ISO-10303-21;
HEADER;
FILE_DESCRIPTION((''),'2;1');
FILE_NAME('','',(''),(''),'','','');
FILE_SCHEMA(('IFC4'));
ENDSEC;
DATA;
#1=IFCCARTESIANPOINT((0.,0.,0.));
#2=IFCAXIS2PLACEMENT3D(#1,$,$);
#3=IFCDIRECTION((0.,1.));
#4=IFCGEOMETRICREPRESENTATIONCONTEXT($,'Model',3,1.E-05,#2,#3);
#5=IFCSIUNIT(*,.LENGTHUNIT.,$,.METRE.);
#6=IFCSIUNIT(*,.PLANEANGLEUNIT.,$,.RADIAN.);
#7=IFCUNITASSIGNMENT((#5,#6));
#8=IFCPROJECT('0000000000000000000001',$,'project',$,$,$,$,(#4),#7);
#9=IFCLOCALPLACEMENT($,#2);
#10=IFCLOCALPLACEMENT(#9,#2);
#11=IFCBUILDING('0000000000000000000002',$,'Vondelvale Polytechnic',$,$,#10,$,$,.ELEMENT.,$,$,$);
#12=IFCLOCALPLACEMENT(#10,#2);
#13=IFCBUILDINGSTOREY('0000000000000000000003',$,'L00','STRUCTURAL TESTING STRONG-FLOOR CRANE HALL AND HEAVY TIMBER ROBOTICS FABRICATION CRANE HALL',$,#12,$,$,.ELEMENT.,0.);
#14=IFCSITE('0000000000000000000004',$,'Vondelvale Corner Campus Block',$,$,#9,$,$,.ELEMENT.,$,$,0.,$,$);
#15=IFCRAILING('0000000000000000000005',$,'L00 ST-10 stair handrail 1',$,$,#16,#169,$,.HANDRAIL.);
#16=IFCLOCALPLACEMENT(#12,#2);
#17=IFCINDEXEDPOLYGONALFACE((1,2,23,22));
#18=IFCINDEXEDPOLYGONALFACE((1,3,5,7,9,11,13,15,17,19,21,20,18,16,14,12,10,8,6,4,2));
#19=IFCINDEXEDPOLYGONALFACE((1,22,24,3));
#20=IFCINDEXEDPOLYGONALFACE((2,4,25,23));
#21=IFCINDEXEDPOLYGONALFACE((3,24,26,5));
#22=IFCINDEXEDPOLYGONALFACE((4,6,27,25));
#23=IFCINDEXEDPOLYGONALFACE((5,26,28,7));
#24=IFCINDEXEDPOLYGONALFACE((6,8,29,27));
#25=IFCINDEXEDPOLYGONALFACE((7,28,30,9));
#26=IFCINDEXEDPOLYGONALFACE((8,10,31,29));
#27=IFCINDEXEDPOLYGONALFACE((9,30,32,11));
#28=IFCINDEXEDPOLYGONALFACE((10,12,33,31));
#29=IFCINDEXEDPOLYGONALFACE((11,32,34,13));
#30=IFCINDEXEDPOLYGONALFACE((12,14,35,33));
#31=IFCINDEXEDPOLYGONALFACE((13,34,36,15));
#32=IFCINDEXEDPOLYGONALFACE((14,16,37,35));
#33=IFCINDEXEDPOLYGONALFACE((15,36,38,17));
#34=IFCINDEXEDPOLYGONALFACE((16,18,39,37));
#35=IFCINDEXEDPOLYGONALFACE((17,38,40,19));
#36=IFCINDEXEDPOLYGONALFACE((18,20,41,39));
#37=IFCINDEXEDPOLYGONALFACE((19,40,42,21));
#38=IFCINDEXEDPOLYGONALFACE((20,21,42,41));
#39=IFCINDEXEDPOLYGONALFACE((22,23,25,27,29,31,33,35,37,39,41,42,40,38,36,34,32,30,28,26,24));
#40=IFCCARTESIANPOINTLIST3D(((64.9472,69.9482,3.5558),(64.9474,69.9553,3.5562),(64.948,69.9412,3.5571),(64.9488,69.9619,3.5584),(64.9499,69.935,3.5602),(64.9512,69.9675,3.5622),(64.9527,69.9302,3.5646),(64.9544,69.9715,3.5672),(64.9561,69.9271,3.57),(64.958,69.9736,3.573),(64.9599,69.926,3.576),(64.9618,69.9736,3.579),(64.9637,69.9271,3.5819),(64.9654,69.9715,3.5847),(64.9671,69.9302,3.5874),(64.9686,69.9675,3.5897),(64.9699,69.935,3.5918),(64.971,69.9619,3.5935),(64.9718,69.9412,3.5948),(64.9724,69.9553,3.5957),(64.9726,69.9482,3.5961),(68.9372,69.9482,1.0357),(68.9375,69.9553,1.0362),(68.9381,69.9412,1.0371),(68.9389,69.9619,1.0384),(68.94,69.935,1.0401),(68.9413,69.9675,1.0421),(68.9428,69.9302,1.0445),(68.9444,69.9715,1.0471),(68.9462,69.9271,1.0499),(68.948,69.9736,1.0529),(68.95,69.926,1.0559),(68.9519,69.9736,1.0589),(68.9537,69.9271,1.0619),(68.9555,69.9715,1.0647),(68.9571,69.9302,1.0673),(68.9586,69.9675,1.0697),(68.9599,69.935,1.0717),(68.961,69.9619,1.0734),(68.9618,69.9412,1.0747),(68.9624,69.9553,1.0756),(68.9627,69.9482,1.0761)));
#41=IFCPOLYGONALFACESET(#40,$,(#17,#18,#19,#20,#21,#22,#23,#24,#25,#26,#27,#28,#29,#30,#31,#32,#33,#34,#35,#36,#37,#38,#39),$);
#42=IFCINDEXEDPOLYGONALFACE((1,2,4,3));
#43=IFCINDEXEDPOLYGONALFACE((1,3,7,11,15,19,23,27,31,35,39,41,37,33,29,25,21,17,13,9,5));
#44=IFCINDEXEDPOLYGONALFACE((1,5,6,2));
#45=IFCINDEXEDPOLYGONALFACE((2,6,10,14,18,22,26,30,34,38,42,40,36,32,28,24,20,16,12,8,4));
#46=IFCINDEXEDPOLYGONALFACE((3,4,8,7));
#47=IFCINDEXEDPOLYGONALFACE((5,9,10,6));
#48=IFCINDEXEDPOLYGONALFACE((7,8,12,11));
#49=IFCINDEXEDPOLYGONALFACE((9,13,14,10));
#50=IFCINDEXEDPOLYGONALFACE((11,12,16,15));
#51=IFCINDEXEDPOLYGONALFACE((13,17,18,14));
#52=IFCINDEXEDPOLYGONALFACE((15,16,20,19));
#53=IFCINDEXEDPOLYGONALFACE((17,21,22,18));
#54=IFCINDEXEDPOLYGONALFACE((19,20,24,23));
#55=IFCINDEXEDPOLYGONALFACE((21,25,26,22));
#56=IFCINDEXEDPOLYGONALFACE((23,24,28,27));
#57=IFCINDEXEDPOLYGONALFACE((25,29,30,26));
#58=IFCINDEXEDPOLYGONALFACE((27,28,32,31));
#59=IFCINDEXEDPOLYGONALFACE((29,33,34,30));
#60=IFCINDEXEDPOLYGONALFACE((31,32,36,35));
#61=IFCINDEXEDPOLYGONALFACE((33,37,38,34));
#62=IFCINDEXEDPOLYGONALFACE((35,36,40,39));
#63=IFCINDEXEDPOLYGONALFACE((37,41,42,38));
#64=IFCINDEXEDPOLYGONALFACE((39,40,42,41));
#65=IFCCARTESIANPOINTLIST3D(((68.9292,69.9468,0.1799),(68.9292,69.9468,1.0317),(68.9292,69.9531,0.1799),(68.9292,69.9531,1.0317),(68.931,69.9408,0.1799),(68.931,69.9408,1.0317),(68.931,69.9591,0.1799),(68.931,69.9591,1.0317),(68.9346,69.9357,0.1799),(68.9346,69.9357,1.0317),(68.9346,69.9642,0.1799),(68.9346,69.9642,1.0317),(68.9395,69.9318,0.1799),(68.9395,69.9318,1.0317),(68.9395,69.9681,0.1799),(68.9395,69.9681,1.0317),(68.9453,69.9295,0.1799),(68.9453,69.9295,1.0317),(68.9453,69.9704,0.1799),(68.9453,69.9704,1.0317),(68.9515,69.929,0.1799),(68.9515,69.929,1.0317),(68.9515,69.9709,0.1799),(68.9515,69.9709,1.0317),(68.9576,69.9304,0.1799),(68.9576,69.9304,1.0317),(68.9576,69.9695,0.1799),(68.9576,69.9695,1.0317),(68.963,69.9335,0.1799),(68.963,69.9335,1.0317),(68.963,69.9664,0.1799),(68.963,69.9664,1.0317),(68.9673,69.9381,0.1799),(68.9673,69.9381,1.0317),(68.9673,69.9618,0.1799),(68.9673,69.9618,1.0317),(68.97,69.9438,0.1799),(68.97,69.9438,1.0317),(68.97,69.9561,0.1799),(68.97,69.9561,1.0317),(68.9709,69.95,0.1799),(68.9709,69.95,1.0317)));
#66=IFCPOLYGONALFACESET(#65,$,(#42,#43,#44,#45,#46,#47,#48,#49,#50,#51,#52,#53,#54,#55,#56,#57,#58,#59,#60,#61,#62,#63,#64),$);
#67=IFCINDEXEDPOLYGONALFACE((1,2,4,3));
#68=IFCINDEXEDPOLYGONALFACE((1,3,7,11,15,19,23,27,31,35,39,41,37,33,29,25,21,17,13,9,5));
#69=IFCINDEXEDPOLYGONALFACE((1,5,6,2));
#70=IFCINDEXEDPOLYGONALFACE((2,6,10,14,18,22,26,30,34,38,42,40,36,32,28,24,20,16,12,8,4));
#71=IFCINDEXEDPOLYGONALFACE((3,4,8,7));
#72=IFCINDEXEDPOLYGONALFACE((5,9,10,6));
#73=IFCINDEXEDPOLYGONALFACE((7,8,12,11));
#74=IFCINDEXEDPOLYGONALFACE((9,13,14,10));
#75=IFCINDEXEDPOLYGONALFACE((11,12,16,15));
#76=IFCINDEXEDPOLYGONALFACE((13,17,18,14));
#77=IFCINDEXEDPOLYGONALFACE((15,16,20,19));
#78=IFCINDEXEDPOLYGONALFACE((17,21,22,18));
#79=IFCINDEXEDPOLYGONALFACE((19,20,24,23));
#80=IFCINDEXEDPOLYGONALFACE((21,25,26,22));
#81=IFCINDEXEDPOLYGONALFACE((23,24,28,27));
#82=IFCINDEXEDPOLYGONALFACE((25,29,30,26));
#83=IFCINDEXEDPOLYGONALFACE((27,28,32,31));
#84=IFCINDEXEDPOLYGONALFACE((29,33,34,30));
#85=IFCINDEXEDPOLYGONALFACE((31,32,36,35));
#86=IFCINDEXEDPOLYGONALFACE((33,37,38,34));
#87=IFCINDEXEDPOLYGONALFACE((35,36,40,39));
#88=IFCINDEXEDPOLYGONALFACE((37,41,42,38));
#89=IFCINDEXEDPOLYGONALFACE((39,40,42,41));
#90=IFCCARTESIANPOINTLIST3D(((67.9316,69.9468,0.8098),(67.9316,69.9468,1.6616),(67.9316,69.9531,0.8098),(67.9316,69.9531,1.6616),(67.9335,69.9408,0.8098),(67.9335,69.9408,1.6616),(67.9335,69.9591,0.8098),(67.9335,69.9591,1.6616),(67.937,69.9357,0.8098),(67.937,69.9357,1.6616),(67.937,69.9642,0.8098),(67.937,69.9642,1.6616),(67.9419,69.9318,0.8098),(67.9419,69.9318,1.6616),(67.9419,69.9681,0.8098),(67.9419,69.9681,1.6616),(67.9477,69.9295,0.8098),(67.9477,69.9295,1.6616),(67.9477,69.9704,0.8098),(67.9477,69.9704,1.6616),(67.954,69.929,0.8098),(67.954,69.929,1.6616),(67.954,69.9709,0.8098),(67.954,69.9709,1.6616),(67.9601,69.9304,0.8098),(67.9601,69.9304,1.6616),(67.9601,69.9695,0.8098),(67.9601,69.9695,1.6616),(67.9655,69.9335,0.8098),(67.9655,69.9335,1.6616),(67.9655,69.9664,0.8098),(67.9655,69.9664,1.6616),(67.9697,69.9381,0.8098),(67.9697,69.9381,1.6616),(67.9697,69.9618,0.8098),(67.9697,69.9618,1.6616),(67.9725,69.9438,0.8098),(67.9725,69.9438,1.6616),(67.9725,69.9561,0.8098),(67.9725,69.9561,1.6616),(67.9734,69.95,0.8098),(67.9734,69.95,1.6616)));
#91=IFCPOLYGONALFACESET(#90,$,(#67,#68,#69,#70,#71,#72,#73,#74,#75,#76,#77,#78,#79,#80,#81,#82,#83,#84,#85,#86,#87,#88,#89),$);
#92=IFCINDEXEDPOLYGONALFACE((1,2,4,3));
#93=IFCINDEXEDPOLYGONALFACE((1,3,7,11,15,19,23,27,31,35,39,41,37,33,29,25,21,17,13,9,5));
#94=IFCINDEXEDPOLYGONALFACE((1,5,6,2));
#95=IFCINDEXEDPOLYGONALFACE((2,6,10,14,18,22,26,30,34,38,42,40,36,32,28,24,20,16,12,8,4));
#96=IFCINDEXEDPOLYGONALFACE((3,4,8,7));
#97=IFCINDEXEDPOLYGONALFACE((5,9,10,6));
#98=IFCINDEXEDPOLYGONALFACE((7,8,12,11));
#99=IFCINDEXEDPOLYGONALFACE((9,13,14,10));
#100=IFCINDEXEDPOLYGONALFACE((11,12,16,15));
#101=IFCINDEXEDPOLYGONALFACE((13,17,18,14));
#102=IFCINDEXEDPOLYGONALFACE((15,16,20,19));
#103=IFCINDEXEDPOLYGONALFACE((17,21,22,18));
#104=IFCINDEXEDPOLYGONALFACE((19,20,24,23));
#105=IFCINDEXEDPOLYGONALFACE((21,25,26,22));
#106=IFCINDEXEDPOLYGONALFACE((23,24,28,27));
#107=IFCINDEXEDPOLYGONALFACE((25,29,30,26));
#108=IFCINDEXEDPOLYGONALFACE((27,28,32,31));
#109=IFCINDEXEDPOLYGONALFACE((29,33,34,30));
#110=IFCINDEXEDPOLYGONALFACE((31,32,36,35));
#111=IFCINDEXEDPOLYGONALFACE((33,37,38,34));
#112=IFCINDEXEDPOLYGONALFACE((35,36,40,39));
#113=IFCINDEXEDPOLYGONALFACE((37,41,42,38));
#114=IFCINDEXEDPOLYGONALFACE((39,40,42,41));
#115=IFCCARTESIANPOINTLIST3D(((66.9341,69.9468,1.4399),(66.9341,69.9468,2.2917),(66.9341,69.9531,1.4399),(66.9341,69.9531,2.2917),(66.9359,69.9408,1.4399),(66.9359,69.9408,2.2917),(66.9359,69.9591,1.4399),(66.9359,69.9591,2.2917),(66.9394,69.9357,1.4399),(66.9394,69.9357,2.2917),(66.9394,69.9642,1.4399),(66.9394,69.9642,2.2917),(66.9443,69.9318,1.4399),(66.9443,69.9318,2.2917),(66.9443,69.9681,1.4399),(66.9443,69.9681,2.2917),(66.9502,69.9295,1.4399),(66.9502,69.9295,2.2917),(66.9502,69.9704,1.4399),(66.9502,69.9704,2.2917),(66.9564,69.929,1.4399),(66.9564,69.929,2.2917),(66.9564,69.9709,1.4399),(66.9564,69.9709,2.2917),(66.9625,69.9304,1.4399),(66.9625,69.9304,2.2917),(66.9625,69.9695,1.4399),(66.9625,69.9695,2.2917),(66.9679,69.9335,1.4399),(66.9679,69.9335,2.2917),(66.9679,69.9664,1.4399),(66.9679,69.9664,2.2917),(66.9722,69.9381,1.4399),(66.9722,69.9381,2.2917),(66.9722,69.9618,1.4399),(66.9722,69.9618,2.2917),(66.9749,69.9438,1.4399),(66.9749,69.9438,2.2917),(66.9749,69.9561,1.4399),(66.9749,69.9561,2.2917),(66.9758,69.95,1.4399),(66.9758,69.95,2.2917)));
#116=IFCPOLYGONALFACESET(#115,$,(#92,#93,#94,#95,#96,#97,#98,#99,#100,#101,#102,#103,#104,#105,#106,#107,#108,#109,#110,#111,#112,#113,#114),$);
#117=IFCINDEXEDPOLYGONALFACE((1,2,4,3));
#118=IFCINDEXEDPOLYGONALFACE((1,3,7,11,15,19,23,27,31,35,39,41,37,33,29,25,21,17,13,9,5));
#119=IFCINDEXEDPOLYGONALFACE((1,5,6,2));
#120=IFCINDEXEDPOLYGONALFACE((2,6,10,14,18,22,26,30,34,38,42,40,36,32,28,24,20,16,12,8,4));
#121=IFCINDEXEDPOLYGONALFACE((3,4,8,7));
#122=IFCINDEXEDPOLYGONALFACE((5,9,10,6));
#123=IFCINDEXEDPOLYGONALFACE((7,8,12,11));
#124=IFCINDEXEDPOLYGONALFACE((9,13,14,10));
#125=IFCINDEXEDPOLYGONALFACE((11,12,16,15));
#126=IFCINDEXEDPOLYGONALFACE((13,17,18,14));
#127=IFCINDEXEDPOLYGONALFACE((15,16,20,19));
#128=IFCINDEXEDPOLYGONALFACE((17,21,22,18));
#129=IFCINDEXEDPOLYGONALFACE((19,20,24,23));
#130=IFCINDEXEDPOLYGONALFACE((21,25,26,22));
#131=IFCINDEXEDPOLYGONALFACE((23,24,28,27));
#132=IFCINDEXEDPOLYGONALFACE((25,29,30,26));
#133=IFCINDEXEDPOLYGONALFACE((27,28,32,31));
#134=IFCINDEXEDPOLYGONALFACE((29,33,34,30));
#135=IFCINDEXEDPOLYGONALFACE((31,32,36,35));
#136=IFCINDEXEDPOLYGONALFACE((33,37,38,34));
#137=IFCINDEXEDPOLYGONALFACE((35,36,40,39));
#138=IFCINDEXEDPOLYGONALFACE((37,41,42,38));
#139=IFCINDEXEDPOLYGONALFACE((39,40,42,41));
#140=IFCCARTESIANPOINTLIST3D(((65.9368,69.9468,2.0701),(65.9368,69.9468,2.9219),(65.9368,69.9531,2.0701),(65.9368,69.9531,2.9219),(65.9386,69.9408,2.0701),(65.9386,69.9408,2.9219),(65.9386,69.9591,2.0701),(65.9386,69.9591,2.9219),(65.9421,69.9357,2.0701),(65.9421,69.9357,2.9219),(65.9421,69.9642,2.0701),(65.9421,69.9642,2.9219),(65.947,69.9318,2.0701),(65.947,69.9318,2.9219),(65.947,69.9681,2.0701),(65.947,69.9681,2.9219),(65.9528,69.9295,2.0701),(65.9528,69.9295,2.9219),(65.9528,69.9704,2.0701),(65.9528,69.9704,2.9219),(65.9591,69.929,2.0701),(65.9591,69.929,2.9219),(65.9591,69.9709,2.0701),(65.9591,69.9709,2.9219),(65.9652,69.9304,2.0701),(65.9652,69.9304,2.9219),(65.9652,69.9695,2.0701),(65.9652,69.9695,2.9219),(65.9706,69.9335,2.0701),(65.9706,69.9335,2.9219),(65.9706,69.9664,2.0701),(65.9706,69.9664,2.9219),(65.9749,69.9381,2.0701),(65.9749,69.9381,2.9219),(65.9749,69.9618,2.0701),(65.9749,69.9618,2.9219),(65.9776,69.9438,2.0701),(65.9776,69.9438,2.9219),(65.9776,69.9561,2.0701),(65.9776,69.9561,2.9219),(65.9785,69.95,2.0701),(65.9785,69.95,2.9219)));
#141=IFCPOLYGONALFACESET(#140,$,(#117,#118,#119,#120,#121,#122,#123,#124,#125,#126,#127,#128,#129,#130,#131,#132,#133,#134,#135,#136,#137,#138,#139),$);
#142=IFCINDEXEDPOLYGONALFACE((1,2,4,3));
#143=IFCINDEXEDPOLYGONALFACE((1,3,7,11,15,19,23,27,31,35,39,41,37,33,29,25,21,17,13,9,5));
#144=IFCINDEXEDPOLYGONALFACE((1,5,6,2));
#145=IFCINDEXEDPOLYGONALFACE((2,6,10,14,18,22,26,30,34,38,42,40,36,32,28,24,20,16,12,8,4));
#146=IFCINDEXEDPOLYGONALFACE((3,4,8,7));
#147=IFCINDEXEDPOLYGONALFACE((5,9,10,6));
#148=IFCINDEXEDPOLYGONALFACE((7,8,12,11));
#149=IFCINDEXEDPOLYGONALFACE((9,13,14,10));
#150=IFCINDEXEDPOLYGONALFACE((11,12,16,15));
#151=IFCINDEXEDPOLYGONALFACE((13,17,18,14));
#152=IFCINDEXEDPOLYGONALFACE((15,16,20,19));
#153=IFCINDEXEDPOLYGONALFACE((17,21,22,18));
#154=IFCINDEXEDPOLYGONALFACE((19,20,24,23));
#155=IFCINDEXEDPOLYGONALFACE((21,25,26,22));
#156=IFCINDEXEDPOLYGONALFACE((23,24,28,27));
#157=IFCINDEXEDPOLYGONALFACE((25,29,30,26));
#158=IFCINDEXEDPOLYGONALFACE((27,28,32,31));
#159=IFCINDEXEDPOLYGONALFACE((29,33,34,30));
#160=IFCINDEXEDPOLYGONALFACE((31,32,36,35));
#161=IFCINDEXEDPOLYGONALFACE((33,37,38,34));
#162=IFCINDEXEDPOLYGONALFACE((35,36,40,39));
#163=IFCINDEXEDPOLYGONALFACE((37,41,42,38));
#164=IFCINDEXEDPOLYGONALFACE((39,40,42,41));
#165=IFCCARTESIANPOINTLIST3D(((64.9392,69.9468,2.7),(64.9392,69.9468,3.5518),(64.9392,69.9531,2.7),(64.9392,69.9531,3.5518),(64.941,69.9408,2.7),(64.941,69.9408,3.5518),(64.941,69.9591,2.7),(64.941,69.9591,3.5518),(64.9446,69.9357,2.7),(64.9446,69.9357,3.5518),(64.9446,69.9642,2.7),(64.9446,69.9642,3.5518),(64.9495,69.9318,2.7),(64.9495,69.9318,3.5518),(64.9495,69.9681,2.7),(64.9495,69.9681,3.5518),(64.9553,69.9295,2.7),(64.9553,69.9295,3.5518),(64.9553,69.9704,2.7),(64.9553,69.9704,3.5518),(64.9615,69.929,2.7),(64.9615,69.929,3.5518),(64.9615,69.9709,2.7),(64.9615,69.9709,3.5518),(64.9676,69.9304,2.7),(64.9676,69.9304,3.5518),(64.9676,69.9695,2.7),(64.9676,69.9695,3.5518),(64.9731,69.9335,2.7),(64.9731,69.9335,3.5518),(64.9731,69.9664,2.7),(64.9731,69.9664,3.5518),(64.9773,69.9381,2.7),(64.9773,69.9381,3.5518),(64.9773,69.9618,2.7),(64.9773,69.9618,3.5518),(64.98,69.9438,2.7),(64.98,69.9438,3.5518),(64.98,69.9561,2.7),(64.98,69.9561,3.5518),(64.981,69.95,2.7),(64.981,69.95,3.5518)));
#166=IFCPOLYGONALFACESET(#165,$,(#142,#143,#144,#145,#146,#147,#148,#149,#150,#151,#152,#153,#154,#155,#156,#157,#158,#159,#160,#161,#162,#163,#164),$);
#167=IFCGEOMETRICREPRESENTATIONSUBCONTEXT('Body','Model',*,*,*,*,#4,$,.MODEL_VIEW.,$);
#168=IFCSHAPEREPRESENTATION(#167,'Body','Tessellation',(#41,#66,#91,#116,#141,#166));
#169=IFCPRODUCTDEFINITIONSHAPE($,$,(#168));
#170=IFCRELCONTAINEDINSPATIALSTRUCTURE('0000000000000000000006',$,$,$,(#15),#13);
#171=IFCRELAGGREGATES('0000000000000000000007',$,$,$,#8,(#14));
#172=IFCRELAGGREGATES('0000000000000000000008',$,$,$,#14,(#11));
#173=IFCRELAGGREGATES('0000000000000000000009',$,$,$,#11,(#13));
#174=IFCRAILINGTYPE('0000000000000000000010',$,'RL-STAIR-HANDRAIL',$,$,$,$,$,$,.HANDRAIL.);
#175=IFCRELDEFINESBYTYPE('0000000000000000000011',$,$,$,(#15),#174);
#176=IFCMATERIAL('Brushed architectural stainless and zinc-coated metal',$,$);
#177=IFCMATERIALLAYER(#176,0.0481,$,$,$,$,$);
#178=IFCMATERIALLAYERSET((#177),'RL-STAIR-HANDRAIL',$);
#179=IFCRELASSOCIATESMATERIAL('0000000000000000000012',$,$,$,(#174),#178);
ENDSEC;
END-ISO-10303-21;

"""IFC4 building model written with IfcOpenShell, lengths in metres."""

from ifc_helpers import new_model, si_unit, direction, frame, origin, origin_2d, place, context, subcontext, project, spatial, circle, extrude, material, layer, layer_set, type_object, element, save


model = new_model("IFC4")

# Units and contexts
model_context = context("Model", 3, precision=1e-05, world=origin(), true_north=direction((0.0, 1.0)))
body_context = subcontext(model_context, "Body", "Model", "MODEL_VIEW")
ifc_project = project(units=[si_unit("LENGTHUNIT", "METRE"), si_unit("PLANEANGLEUNIT", "RADIAN")], contexts=[model_context])

# Site, building, storey
site_placement = place(None, origin())
site = spatial("IfcSite", under=ifc_project, at=site_placement, Name="Vondelvale Corner Campus Block", CompositionType="ELEMENT", RefElevation=0.0)
building_placement = place(site_placement, origin())
building = spatial("IfcBuilding", under=site, at=building_placement, Name="Vondelvale Polytechnic", CompositionType="ELEMENT")
storey_placement = place(building_placement, origin())
storey = spatial("IfcBuildingStorey", under=building, at=storey_placement, Name="L00", Description="STRUCTURAL TESTING STRONG-FLOOR CRANE HALL AND HEAVY TIMBER ROBOTICS FABRICATION CRANE HALL", CompositionType="ELEMENT", Elevation=0.0)

# Shared definitions
ifc_material_1 = material(Name="Brushed architectural stainless and zinc-coated metal")

# Railing
ifc_layer_1 = layer(ifc_material_1, 0.0481)
ifc_layer_set_1 = layer_set([ifc_layer_1], Name="RL-STAIR-HANDRAIL")
railing_type_1 = type_object("IfcRailingType", Name="RL-STAIR-HANDRAIL", PredefinedType="HANDRAIL", material=ifc_layer_set_1)
railing_1_placement = place(storey_placement, frame((68.95, 69.95, 0.1799)))
element("IfcRailing", 1, at=railing_1_placement, inside=storey, type_object=railing_type_1, Name="L00 ST-10 stair handrail 1", PredefinedType="HANDRAIL", context=body_context, shape_type="SweptSolid", body=[
    extrude(circle(Radius=0.0239, at=origin_2d()), frame((0.0, 0.0, 0.876), z_axis=(-0.845486, 0.0, 0.533997), x_axis=(0.0, -1.0, 0.0)), (0.0, 0.0, 1.0), 4.7192),
    extrude(circle(Radius=0.021, at=origin_2d()), origin(), (0.0, 0.0, 1.0), 0.8518),
    extrude(circle(Radius=0.021, at=origin_2d()), frame((-0.9976, 0.0, 0.6299)), (0.0, 0.0, 1.0), 0.8518),
    extrude(circle(Radius=0.021, at=origin_2d()), frame((-1.9951, 0.0, 1.26)), (0.0, 0.0, 1.0), 0.8518),
    extrude(circle(Radius=0.021, at=origin_2d()), frame((-2.9924, 0.0, 1.8901)), (0.0, 0.0, 1.0), 0.8518),
    extrude(circle(Radius=0.021, at=origin_2d()), frame((-3.99, 0.0, 2.52)), (0.0, 0.0, 1.0), 0.8518),
])

save(model, "model.ifc")
